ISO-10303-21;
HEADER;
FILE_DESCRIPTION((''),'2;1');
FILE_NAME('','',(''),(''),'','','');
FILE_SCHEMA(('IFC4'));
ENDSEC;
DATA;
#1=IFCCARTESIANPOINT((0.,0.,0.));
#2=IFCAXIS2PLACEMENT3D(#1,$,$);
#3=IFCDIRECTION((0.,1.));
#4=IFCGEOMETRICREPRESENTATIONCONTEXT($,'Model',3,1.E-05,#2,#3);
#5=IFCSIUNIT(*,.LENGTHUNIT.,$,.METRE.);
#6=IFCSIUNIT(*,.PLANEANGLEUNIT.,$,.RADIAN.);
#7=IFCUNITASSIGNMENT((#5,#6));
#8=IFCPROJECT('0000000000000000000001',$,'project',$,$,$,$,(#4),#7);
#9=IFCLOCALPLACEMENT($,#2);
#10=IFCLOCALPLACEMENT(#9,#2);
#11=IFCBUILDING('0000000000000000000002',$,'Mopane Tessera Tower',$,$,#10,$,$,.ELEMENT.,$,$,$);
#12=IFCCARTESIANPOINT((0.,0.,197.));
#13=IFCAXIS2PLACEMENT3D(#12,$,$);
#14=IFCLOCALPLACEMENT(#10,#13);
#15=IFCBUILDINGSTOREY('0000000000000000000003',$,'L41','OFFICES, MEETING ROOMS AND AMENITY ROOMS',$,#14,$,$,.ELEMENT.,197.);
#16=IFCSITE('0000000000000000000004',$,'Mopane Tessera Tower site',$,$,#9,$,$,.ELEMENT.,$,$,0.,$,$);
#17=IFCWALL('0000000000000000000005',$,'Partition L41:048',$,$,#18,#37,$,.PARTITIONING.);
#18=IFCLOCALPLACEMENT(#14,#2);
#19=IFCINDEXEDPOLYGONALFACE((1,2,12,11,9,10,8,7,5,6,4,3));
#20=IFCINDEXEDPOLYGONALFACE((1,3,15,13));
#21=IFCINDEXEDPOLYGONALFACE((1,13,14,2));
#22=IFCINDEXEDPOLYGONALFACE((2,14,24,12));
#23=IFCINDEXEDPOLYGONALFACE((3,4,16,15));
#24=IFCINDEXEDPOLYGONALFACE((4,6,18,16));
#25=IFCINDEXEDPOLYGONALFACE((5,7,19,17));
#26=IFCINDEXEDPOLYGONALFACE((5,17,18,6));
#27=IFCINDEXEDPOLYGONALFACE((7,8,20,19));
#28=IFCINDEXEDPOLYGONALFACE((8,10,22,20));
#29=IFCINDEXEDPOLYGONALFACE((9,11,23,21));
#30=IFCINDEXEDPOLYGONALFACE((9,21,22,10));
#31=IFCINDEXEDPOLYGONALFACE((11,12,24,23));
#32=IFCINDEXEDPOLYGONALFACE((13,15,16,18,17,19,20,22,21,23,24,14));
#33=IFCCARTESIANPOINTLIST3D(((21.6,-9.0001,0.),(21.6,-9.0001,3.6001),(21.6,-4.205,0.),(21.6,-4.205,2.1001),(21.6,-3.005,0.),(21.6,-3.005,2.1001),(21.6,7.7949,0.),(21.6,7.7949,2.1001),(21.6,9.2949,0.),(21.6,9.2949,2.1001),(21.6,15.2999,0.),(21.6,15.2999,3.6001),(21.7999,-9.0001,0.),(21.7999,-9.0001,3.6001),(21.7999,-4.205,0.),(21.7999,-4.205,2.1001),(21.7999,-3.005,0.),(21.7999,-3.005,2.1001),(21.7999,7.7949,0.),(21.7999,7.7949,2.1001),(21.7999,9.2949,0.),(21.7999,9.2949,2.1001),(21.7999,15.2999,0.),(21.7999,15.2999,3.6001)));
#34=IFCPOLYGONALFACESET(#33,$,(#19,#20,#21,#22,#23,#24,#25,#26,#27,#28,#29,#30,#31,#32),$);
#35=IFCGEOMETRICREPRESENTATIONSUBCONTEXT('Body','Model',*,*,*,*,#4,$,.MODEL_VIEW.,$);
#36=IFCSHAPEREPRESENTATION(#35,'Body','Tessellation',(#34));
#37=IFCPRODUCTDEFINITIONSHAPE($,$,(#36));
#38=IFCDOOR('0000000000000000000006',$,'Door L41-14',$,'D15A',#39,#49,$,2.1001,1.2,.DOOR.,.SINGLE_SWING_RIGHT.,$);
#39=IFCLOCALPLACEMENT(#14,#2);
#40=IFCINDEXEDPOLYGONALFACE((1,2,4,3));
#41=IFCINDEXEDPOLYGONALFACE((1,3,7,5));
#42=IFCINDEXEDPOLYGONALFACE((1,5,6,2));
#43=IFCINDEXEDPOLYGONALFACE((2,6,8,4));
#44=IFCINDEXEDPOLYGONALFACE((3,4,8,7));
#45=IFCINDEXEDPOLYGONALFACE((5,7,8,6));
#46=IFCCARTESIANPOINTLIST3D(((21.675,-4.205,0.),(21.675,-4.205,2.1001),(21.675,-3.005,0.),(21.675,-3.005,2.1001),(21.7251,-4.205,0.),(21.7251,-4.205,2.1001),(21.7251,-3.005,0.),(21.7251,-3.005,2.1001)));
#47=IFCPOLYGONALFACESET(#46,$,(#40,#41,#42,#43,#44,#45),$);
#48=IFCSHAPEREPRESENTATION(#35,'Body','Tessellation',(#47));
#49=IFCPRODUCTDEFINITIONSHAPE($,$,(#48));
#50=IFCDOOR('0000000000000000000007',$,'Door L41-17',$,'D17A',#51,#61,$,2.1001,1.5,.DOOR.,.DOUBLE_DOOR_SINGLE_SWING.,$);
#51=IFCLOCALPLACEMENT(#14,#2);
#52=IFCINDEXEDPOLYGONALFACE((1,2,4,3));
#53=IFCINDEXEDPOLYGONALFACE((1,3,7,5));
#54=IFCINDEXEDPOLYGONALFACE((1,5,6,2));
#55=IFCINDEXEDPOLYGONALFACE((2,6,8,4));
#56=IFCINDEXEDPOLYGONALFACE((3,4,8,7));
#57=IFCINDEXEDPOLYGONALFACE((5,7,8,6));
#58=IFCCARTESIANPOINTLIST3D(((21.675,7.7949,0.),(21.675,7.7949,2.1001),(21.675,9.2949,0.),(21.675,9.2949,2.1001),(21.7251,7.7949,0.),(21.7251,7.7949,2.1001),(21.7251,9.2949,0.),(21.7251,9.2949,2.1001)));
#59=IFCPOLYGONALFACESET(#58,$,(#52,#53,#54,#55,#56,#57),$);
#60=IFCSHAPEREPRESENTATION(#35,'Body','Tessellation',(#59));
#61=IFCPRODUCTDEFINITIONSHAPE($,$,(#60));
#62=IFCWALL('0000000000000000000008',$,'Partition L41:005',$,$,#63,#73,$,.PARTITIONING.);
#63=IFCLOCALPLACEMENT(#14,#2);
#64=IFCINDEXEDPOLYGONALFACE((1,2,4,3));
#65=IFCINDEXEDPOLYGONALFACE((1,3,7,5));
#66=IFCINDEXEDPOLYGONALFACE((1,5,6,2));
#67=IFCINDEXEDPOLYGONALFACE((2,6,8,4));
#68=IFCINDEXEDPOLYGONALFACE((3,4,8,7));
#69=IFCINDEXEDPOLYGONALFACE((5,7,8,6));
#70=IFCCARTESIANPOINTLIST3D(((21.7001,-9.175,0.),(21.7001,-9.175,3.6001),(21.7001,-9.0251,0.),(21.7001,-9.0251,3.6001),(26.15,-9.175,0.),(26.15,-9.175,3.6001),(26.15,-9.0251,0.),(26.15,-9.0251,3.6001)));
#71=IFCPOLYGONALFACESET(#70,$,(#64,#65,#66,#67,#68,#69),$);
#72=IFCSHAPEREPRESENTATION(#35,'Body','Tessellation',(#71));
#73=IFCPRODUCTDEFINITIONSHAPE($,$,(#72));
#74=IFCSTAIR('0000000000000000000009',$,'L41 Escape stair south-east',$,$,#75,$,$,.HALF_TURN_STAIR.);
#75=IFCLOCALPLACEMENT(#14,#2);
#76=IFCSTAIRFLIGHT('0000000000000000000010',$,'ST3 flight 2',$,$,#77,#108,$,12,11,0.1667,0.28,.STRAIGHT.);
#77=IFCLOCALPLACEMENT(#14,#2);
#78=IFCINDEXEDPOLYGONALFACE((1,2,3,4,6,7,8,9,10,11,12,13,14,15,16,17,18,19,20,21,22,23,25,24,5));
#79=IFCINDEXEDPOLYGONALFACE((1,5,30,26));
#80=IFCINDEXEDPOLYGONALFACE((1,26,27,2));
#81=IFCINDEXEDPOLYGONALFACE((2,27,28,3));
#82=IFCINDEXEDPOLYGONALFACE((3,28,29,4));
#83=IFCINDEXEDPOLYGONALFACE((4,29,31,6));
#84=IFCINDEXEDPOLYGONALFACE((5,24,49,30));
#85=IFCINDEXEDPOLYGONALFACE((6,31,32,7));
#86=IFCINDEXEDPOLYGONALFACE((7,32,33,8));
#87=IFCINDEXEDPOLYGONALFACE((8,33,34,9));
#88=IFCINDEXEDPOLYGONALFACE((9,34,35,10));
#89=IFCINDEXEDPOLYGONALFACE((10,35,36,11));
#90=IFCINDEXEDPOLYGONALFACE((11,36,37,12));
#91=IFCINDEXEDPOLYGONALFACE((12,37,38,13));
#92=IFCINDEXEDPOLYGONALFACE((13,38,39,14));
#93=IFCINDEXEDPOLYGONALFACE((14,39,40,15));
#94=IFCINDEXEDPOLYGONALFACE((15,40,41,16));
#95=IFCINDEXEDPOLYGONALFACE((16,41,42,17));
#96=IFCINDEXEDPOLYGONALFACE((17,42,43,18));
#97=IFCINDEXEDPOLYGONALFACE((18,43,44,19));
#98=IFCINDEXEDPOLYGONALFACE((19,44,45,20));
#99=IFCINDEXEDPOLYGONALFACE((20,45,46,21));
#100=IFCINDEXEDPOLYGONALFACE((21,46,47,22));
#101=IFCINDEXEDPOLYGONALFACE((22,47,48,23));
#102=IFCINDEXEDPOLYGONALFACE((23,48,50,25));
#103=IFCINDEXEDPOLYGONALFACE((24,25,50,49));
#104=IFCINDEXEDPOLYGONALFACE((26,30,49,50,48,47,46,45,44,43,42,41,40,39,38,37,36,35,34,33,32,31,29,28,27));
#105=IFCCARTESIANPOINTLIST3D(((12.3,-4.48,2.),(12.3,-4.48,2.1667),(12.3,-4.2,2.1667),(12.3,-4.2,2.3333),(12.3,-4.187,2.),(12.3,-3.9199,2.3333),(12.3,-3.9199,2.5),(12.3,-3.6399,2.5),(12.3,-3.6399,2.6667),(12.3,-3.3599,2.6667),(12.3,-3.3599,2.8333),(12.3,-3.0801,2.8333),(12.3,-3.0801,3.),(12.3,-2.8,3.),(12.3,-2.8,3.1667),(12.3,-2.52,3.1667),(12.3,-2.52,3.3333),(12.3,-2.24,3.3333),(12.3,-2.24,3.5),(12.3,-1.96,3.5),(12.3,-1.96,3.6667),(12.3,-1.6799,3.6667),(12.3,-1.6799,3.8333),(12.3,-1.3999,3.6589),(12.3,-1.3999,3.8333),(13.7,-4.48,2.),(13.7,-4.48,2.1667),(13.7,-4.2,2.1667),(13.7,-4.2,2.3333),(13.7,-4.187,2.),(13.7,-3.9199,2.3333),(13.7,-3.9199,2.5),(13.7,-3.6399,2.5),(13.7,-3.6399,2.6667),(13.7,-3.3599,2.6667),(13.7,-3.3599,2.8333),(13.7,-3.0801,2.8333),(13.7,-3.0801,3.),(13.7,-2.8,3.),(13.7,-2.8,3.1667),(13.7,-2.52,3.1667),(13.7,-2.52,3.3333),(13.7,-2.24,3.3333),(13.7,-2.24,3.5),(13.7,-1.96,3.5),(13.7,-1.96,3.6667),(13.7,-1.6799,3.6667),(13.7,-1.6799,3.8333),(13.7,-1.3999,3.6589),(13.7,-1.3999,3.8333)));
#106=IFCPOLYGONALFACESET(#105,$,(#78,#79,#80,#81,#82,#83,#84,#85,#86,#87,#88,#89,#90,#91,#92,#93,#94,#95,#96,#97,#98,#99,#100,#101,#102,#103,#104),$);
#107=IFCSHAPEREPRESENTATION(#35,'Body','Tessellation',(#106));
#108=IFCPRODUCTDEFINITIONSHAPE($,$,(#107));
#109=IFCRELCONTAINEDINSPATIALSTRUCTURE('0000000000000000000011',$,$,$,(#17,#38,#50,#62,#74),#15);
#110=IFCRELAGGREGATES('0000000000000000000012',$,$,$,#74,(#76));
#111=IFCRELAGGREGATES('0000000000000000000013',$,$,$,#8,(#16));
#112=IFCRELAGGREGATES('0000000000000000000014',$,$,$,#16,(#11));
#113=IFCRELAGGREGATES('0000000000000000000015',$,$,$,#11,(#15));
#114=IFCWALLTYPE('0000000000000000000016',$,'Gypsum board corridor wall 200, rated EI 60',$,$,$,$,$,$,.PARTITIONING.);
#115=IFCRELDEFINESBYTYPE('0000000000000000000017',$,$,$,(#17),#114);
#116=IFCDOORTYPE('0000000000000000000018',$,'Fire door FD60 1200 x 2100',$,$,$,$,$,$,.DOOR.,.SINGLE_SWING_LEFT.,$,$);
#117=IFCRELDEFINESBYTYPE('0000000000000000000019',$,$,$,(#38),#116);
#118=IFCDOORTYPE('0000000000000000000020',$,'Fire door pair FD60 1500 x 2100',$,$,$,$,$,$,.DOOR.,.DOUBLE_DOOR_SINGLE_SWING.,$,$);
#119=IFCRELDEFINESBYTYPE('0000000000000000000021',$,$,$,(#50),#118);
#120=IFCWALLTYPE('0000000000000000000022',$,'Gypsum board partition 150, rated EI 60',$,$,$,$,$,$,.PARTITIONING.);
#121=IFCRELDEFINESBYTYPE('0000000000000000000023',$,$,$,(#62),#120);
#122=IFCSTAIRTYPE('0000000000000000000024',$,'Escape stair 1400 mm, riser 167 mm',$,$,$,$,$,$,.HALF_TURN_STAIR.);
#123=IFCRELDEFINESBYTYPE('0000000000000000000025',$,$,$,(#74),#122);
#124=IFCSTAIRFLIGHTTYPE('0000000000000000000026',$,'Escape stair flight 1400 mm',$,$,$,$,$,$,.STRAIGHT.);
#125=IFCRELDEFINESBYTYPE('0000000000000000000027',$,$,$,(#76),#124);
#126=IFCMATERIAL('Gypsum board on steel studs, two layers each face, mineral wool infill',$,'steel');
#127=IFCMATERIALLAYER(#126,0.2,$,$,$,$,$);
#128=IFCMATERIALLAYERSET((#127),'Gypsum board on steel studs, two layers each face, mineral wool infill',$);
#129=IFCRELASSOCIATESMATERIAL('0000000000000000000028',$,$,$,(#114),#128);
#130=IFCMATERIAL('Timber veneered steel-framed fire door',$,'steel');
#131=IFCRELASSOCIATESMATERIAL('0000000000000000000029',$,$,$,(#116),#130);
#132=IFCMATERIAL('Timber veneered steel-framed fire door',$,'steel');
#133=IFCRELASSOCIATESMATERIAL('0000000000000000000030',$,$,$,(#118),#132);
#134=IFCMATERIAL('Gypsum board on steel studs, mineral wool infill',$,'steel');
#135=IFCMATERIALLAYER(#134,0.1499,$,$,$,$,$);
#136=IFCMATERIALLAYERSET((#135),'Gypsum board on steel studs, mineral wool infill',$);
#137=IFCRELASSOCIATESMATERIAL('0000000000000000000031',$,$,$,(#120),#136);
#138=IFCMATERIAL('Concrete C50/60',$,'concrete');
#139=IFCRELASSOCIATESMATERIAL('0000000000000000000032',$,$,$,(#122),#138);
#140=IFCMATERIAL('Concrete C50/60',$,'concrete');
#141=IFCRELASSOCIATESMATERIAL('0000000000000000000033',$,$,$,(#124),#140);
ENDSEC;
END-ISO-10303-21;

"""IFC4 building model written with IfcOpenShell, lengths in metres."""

from ifc_helpers import new_model, si_unit, direction, frame, frame_2d, origin, place, context, subcontext, project, spatial, polyline, rectangle, outline, extrude, material, layer, layer_set, type_object, element, fill, aggregate, save


model = new_model("IFC4")

# Units and contexts
model_context = context("Model", 3, precision=1e-05, world=origin(), true_north=direction((0.0, 1.0)))
body_context = subcontext(model_context, "Body", "Model", "MODEL_VIEW")
ifc_project = project(units=[si_unit("LENGTHUNIT", "METRE"), si_unit("PLANEANGLEUNIT", "RADIAN")], contexts=[model_context])

# Site, building, storey
site_placement = place(None, origin())
site = spatial("IfcSite", under=ifc_project, at=site_placement, Name="Mopane Tessera Tower site", CompositionType="ELEMENT", RefElevation=0.0)
building_placement = place(site_placement, origin())
building = spatial("IfcBuilding", under=site, at=building_placement, Name="Mopane Tessera Tower", CompositionType="ELEMENT")
storey_placement = place(building_placement, frame((0.0, 0.0, 197.0)))
storey = spatial("IfcBuildingStorey", under=building, at=storey_placement, Name="L41", Description="OFFICES, MEETING ROOMS AND AMENITY ROOMS", CompositionType="ELEMENT", Elevation=197.0)

# Shared definitions
ifc_material_1 = material(Name="Gypsum board on steel studs, two layers each face, mineral wool infill", Category="steel")
ifc_layer_1 = layer(ifc_material_1, 0.2)
ifc_layer_set_1 = layer_set([ifc_layer_1], Name="Gypsum board on steel studs, two layers each face, mineral wool infill")
wall_type_1 = type_object("IfcWallType", Name="Gypsum board corridor wall 200, rated EI 60", PredefinedType="PARTITIONING", material=ifc_layer_set_1)

# Wall, openings, doors
wall_1_placement = place(storey_placement, frame((21.7, -9.0, 0.0), z_axis=(0.0, 0.0, 1.0), x_axis=(0.0, 1.0, 0.0)))
wall_1 = element("IfcWall", 1, at=wall_1_placement, inside=storey, type_object=wall_type_1, Name="Partition L41:048", PredefinedType="PARTITIONING", context=body_context, shape_type="SweptSolid", body=[
    extrude(rectangle(XDim=24.3, YDim=0.2, at=frame_2d((12.1499, 0.0))), origin(), (0.0, 0.0, 1.0), 3.6001),
])
opening_1_placement = place(wall_1_placement, frame((4.7949, 0.0, 0.0)))
opening_1 = element("IfcOpeningElement", 2, at=opening_1_placement, cuts=wall_1, PredefinedType="OPENING", context=body_context, shape_type="SweptSolid", body=[
    extrude(rectangle(XDim=1.2, YDim=2.1001, at=frame_2d((0.6001, 1.05))), frame((0.0, 0.1121, 0.0), z_axis=(0.0, -1.0, 0.0), x_axis=(1.0, 0.0, 0.0)), (0.0, 0.0, 1.0), 0.2239),
])
opening_2_placement = place(wall_1_placement, frame((16.7949, 0.0, 0.0)))
opening_2 = element("IfcOpeningElement", 3, at=opening_2_placement, cuts=wall_1, PredefinedType="OPENING", context=body_context, shape_type="SweptSolid", body=[
    extrude(rectangle(XDim=1.5, YDim=2.1001, at=frame_2d((0.75, 1.05))), frame((0.0, 0.1121, 0.0), z_axis=(0.0, -1.0, 0.0), x_axis=(1.0, 0.0, 0.0)), (0.0, 0.0, 1.0), 0.2239),
])
ifc_material_2 = material(Name="Timber veneered steel-framed fire door", Category="steel")
door_type_1 = type_object("IfcDoorType", Name="Fire door FD60 1200 x 2100", OperationType="SINGLE_SWING_LEFT", PredefinedType="DOOR", material=ifc_material_2)
door_1_placement = place(opening_1_placement, origin())
door_1 = element("IfcDoor", 4, at=door_1_placement, inside=storey, type_object=door_type_1, Name="Door L41-14", ObjectType="D15A", OperationType="SINGLE_SWING_RIGHT", OverallHeight=2.1001, OverallWidth=1.2, PredefinedType="DOOR", context=body_context, shape_type="SweptSolid", body=[
    extrude(rectangle(XDim=1.2, YDim=2.1001, at=frame_2d((0.6001, 1.05))), frame((0.0, 0.0249, 0.0), z_axis=(0.0, -1.0, 0.0), x_axis=(1.0, 0.0, 0.0)), (0.0, 0.0, 1.0), 0.05),
])
fill(opening_1, door_1)
ifc_material_3 = material(Name="Timber veneered steel-framed fire door", Category="steel")
door_type_2 = type_object("IfcDoorType", Name="Fire door pair FD60 1500 x 2100", OperationType="DOUBLE_DOOR_SINGLE_SWING", PredefinedType="DOOR", material=ifc_material_3)
door_2_placement = place(opening_2_placement, origin())
door_2 = element("IfcDoor", 5, at=door_2_placement, inside=storey, type_object=door_type_2, Name="Door L41-17", ObjectType="D17A", OperationType="DOUBLE_DOOR_SINGLE_SWING", OverallHeight=2.1001, OverallWidth=1.5, PredefinedType="DOOR", context=body_context, shape_type="SweptSolid", body=[
    extrude(rectangle(XDim=1.5, YDim=2.1001, at=frame_2d((0.75, 1.05))), frame((0.0, 0.0249, 0.0), z_axis=(0.0, -1.0, 0.0), x_axis=(1.0, 0.0, 0.0)), (0.0, 0.0, 1.0), 0.05),
])
fill(opening_2, door_2)

# Wall
ifc_material_4 = material(Name="Gypsum board on steel studs, mineral wool infill", Category="steel")
ifc_layer_2 = layer(ifc_material_4, 0.1499)
ifc_layer_set_2 = layer_set([ifc_layer_2], Name="Gypsum board on steel studs, mineral wool infill")
wall_type_2 = type_object("IfcWallType", Name="Gypsum board partition 150, rated EI 60", PredefinedType="PARTITIONING", material=ifc_layer_set_2)
wall_2_placement = place(storey_placement, frame((21.7, -9.1001, 0.0), z_axis=(0.0, 0.0, 1.0), x_axis=(1.0, 0.0, 0.0)))
element("IfcWall", 6, at=wall_2_placement, inside=storey, type_object=wall_type_2, Name="Partition L41:005", PredefinedType="PARTITIONING", context=body_context, shape_type="SweptSolid", body=[
    extrude(rectangle(XDim=4.45, YDim=0.1499, at=frame_2d((2.2251, 0.0))), origin(), (0.0, 0.0, 1.0), 3.6001),
])

# Stair, stair flight
ifc_material_5 = material(Name="Concrete C50/60", Category="concrete")
stair_type = type_object("IfcStairType", Name="Escape stair 1400 mm, riser 167 mm", PredefinedType="HALF_TURN_STAIR", material=ifc_material_5)
stair_placement = place(storey_placement, origin())
stair = element("IfcStair", 7, at=stair_placement, inside=storey, type_object=stair_type, Name="L41 Escape stair south-east", PredefinedType="HALF_TURN_STAIR")
ifc_material_6 = material(Name="Concrete C50/60", Category="concrete")
stair_flight_type = type_object("IfcStairFlightType", Name="Escape stair flight 1400 mm", PredefinedType="STRAIGHT", material=ifc_material_6)
stair_flight_placement = place(storey_placement, frame((13.0, -4.48, 2.0), z_axis=(0.0, 0.0, 1.0), x_axis=(0.0, 1.0, 0.0)))
stair_flight = element("IfcStairFlight", 8, at=stair_flight_placement, type_object=stair_flight_type, Name="ST3 flight 2", NumberOfRisers=12, NumberOfTreads=11, PredefinedType="STRAIGHT", RiserHeight=0.1667, TreadLength=0.28, context=body_context, shape_type="SweptSolid", body=[
    extrude(outline(polyline([(0.0, 0.0), (0.0, 0.1667), (0.28, 0.1667), (0.28, 0.3333), (0.5601, 0.3333), (0.5601, 0.5), (0.8401, 0.5), (0.8401, 0.6667), (1.1201, 0.6667), (1.1201, 0.8333), (1.3999, 0.8333), (1.3999, 1.0), (1.6799, 1.0), (1.6799, 1.1667), (1.96, 1.1667), (1.96, 1.3333), (2.24, 1.3333), (2.24, 1.5), (2.52, 1.5), (2.52, 1.6667), (2.8, 1.6667), (2.8, 1.8333), (3.0801, 1.8333), (3.0801, 2.0), (3.0801, 1.6589), (0.293, 0.0), (0.0, 0.0)])), frame((0.0, 0.7, 0.0), z_axis=(0.0, -1.0, 0.0), x_axis=(1.0, 0.0, 0.0)), (0.0, 0.0, 1.0), 1.3999),
])
aggregate(stair, [stair_flight])

save(model, "model.ifc")
